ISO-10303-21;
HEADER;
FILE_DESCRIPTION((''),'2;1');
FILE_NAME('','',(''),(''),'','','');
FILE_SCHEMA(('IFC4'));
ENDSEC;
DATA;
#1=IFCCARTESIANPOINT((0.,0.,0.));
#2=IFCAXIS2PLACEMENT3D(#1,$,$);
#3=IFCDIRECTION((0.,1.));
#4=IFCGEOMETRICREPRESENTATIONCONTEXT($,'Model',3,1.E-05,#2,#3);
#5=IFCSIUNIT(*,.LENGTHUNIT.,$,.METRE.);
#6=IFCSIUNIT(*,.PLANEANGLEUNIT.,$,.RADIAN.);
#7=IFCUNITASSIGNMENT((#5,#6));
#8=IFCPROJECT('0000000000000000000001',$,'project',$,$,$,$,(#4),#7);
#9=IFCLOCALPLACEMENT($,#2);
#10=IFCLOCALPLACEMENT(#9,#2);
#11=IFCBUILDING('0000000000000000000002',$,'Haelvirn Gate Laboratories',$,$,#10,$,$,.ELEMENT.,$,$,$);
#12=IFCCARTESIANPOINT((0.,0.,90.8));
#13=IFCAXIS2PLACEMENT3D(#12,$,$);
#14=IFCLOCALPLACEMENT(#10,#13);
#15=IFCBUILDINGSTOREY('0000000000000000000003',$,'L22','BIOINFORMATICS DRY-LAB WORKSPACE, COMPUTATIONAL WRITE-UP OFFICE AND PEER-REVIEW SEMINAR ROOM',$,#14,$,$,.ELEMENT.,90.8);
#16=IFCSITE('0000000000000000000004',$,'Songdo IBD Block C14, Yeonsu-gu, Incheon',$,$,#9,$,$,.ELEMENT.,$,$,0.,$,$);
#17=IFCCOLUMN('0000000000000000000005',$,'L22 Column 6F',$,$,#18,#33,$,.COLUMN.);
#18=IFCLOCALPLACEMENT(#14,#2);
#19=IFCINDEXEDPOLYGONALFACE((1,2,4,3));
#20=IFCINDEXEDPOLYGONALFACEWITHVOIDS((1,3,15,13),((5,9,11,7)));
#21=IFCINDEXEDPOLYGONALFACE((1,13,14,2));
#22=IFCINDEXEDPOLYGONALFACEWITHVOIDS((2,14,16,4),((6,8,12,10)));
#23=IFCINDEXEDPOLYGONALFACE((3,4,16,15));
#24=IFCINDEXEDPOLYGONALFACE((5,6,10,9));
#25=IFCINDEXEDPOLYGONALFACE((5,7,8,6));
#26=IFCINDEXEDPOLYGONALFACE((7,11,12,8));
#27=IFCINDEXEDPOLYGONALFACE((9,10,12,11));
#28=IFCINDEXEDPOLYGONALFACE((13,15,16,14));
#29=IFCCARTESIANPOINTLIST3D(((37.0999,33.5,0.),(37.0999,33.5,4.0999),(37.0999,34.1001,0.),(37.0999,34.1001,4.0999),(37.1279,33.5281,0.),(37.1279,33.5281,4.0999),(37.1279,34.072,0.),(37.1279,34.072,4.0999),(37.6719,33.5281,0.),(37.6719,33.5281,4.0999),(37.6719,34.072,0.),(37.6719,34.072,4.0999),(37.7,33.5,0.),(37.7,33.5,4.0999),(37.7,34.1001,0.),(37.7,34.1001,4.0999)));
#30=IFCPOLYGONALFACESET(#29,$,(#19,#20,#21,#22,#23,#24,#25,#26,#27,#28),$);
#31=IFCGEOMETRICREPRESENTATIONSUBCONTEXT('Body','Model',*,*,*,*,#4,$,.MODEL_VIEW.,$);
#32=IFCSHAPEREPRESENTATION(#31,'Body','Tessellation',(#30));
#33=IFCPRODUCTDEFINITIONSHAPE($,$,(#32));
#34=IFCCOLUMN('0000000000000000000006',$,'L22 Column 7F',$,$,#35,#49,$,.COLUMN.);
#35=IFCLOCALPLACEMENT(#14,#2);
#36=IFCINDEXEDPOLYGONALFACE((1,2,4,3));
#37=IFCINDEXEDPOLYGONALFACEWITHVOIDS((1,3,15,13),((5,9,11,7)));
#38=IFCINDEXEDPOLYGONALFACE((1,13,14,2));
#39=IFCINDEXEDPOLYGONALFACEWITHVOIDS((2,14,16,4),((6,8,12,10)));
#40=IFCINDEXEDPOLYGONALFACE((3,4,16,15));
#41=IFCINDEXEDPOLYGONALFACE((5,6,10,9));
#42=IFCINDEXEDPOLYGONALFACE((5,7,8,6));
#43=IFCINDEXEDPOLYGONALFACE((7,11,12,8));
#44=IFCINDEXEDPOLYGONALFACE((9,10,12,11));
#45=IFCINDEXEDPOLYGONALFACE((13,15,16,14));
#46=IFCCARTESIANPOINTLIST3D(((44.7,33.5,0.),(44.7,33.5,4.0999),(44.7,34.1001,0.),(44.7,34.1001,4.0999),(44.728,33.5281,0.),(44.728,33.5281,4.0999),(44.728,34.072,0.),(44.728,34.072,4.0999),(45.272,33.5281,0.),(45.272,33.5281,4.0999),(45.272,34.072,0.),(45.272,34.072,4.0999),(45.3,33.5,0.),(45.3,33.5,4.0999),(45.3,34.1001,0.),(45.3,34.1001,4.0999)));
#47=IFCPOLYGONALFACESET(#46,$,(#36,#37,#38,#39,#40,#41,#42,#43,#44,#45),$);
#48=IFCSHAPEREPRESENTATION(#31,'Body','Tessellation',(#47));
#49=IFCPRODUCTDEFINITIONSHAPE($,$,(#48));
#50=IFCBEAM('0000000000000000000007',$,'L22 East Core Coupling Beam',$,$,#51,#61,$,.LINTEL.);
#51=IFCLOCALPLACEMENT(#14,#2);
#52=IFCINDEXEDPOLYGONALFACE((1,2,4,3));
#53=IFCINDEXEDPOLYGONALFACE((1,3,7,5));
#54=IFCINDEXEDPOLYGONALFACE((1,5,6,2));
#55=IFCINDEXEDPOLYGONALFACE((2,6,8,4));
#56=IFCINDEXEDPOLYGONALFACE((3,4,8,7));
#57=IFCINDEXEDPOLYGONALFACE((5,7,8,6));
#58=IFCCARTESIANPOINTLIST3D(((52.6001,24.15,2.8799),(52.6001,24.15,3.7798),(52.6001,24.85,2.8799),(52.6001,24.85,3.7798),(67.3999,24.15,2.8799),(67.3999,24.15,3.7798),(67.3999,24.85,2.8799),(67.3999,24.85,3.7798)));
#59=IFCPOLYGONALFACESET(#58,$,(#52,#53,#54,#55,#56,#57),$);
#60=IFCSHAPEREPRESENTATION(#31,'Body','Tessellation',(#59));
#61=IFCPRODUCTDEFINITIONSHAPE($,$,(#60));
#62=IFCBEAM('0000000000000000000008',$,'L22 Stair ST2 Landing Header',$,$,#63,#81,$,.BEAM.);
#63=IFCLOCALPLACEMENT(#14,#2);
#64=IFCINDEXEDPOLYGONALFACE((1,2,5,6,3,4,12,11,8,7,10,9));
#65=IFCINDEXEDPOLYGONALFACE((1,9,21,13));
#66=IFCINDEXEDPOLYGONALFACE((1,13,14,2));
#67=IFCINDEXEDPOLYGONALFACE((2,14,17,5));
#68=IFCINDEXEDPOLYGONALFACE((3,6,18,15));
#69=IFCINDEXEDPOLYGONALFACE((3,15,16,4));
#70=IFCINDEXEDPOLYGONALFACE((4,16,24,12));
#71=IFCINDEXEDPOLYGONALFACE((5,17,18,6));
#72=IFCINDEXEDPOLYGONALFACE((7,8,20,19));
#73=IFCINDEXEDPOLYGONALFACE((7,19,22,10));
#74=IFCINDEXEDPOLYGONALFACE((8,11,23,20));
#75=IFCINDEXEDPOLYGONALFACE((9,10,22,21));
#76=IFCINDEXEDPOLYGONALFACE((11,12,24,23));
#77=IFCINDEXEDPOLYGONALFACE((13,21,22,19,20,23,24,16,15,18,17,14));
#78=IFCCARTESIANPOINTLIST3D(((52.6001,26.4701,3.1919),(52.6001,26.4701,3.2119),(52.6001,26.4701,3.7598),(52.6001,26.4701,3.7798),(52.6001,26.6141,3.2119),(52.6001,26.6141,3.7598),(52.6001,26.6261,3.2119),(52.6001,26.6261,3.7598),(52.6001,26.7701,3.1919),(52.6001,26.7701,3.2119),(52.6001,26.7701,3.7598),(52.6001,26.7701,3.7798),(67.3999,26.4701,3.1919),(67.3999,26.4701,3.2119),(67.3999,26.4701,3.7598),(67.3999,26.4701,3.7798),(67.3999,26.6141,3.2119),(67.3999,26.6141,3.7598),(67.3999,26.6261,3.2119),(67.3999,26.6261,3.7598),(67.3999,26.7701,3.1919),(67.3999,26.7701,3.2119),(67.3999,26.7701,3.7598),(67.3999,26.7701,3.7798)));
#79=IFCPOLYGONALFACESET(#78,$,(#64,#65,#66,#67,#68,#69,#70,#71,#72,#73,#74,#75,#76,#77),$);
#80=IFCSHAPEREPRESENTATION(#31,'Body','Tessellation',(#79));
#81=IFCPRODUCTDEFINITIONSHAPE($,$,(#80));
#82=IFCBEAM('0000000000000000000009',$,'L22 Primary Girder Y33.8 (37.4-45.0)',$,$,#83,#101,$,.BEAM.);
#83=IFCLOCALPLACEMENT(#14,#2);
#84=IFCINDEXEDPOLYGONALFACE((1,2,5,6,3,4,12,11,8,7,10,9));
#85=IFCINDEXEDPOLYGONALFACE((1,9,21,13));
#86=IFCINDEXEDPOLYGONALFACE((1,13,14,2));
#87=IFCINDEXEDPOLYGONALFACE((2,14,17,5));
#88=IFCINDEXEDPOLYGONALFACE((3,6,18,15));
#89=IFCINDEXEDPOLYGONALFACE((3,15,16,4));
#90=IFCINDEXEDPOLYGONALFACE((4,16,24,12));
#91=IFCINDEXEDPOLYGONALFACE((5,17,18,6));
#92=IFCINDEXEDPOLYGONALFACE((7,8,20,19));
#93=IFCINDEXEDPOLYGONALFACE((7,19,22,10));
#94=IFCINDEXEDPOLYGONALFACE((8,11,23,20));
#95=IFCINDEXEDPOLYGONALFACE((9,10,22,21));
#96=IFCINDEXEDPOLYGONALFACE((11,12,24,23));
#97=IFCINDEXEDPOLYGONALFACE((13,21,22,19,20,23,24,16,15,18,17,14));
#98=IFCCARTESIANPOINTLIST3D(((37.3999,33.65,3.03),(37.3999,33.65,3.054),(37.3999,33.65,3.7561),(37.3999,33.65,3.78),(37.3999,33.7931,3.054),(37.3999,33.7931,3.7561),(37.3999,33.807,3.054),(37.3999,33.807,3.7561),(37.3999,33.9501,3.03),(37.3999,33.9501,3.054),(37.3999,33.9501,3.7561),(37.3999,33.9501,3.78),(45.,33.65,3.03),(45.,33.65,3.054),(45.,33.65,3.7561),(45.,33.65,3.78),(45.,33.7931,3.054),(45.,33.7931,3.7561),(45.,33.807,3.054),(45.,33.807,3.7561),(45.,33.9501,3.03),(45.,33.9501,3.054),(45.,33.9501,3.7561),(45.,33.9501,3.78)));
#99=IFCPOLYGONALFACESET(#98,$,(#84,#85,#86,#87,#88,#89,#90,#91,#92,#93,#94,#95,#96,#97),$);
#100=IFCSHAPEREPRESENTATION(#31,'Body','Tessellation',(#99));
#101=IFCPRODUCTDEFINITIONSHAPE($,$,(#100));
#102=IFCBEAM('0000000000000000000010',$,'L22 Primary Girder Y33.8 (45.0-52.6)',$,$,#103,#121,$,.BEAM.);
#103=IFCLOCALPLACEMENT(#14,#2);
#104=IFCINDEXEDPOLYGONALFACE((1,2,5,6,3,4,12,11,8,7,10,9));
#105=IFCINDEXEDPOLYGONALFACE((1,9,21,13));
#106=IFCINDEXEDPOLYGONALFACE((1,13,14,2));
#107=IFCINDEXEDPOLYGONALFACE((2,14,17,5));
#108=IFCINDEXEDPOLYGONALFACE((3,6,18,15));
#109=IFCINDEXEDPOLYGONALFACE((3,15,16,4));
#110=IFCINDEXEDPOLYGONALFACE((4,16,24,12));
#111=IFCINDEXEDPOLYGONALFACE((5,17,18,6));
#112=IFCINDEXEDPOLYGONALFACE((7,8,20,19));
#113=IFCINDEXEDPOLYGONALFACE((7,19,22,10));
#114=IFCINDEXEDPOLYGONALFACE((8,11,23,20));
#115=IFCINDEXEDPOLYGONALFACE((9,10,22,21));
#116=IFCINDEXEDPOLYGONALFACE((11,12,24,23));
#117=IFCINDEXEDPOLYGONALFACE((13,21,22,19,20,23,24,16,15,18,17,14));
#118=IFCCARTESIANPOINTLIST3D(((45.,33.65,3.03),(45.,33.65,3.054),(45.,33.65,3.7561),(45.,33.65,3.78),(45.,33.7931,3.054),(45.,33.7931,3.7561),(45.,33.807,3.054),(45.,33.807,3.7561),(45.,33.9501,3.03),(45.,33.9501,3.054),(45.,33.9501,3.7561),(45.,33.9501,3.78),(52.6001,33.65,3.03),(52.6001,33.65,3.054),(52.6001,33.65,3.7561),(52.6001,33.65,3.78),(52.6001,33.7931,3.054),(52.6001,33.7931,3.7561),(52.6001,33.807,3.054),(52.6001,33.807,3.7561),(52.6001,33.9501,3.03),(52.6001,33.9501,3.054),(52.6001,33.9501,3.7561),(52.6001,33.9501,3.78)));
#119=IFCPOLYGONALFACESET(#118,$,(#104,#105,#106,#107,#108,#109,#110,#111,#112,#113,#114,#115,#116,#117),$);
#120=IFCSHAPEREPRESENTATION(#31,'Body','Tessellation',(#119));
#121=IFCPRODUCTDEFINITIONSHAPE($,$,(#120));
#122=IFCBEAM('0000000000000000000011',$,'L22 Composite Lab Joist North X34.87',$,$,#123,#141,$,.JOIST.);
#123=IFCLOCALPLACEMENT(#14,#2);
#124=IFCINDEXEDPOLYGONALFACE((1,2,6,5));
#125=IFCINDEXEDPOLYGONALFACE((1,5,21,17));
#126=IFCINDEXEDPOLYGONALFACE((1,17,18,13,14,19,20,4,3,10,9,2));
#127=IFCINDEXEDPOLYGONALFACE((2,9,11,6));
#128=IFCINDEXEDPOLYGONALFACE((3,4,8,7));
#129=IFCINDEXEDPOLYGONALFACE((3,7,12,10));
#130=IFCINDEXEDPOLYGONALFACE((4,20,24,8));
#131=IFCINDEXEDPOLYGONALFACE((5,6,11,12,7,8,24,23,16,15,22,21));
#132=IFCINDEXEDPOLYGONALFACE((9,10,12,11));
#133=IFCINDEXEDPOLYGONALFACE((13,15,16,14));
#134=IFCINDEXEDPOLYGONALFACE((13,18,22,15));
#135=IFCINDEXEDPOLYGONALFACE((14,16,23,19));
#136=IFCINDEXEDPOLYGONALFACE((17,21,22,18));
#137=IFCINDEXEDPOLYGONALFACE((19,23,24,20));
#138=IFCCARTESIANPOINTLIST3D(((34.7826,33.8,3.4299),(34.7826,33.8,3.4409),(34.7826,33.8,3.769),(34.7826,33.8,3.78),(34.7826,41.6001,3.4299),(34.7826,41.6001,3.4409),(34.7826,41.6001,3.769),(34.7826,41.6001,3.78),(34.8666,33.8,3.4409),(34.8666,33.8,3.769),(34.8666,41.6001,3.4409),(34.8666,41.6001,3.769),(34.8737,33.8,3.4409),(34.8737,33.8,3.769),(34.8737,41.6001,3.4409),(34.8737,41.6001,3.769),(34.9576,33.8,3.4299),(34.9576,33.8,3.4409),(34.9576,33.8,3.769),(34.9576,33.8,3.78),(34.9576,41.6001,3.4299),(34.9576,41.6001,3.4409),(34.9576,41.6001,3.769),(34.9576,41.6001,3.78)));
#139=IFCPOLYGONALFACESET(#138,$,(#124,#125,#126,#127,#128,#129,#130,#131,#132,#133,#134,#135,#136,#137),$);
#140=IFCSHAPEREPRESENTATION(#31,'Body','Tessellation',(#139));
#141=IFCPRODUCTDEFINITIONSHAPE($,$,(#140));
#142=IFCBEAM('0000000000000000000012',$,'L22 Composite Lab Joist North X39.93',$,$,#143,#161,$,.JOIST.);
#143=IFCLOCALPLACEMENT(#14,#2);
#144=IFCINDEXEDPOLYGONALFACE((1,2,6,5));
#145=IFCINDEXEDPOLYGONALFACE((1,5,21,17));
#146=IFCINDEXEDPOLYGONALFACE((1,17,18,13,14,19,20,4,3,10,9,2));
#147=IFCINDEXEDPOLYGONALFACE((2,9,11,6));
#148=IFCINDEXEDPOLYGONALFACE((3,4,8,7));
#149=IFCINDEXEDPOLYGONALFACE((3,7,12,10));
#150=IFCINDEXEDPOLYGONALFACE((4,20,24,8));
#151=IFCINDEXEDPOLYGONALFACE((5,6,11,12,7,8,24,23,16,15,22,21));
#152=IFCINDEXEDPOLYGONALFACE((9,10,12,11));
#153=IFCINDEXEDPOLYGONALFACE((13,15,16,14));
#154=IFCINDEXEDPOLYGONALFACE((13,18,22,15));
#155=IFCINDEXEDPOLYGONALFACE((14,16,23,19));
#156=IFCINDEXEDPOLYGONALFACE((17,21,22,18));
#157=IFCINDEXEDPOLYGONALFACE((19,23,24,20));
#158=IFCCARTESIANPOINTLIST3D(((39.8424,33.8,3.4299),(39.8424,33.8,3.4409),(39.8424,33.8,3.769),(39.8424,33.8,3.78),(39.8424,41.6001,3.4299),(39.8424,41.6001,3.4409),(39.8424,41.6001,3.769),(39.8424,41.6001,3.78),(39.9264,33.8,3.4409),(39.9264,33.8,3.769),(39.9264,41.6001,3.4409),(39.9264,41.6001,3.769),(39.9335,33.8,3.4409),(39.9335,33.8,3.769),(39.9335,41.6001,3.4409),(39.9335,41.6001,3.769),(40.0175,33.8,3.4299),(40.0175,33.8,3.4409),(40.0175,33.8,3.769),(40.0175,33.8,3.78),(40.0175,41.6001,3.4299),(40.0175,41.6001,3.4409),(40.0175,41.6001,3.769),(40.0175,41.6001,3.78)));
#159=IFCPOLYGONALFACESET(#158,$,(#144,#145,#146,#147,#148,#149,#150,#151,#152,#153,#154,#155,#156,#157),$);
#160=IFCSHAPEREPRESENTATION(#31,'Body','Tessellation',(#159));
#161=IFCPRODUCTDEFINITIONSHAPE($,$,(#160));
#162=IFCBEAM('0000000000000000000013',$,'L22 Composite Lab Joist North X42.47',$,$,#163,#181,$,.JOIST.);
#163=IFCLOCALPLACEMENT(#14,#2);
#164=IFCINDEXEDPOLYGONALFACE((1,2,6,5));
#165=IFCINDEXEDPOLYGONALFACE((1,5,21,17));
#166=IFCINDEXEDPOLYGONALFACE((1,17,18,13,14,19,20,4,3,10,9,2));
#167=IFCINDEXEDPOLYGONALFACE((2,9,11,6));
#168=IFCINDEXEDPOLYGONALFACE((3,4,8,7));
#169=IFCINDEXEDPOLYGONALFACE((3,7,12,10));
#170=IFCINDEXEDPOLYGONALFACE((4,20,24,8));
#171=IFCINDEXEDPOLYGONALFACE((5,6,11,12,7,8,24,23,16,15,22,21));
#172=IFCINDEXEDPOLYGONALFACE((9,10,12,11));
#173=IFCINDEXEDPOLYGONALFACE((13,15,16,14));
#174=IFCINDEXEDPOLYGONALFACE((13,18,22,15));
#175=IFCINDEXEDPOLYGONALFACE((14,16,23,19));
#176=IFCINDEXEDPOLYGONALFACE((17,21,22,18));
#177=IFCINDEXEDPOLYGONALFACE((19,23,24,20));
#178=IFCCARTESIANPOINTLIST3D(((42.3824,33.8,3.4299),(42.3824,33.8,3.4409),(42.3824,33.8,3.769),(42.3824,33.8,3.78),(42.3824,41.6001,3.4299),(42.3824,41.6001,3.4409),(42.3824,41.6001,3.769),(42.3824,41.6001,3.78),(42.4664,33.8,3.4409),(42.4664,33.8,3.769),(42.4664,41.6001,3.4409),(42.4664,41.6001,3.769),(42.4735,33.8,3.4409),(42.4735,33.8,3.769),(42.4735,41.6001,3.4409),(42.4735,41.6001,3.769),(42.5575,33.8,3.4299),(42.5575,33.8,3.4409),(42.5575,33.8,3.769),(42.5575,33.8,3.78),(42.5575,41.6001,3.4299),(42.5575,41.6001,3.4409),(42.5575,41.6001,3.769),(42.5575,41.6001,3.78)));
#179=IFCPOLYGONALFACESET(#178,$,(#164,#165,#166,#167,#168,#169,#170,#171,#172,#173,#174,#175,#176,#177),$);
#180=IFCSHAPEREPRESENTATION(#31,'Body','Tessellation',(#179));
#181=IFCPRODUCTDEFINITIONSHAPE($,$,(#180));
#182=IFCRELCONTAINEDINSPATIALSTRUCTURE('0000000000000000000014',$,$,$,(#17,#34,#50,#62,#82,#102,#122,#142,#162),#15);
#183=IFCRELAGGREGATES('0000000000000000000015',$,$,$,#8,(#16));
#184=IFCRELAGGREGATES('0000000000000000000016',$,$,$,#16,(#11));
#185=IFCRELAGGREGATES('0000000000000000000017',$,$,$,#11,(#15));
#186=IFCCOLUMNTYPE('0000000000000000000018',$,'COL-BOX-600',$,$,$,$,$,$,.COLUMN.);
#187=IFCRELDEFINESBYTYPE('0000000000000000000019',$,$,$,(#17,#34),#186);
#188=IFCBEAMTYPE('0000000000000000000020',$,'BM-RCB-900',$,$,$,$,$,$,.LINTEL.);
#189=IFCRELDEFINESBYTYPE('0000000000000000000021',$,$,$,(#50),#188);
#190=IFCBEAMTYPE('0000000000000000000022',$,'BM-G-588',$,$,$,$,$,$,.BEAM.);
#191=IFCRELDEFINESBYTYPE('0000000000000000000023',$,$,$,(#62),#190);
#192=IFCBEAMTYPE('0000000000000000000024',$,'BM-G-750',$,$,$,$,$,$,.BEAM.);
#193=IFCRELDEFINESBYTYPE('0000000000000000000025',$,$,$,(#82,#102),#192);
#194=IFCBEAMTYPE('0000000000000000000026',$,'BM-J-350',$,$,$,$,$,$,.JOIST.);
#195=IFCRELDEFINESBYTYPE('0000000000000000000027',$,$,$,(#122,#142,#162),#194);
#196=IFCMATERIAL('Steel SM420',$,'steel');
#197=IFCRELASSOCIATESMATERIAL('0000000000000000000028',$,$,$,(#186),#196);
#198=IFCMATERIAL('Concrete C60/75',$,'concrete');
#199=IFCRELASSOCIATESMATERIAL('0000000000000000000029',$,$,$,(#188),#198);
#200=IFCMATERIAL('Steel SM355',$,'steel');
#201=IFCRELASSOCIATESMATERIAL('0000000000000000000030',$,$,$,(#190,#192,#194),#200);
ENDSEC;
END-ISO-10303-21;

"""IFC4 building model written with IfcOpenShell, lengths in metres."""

from ifc_helpers import new_model, si_unit, direction, frame, origin, origin_2d, place, context, subcontext, project, spatial, rectangle, hollow_rectangle, i_section, extrude, source, transform, mapped, material, material_profile, profile_set, type_object, type_shapes, element, save


model = new_model("IFC4")

# Units and contexts
model_context = context("Model", 3, precision=1e-05, world=origin(), true_north=direction((0.0, 1.0)))
body_context = subcontext(model_context, "Body", "Model", "MODEL_VIEW")
ifc_project = project(units=[si_unit("LENGTHUNIT", "METRE"), si_unit("PLANEANGLEUNIT", "RADIAN")], contexts=[model_context])

# Site, building, storey
site_placement = place(None, origin())
site = spatial("IfcSite", under=ifc_project, at=site_placement, Name="Songdo IBD Block C14, Yeonsu-gu, Incheon", CompositionType="ELEMENT", RefElevation=0.0)
building_placement = place(site_placement, origin())
building = spatial("IfcBuilding", under=site, at=building_placement, Name="Haelvirn Gate Laboratories", CompositionType="ELEMENT")
storey_placement = place(building_placement, frame((0.0, 0.0, 90.8)))
storey = spatial("IfcBuildingStorey", under=building, at=storey_placement, Name="L22", Description="BIOINFORMATICS DRY-LAB WORKSPACE, COMPUTATIONAL WRITE-UP OFFICE AND PEER-REVIEW SEMINAR ROOM", CompositionType="ELEMENT", Elevation=90.8)

# Columns
ifc_material_1 = material(Name="Steel SM420", Category="steel")
ifc_material_profile_1 = material_profile(ifc_material_1, hollow_rectangle(XDim=0.6001, YDim=0.6001, WallThickness=0.0281, at=origin_2d()), Name="BOX-600x600x28")
ifc_profile_set_1 = profile_set([ifc_material_profile_1], Name="Steel SM420")
column_type = type_object("IfcColumnType", Name="COL-BOX-600", PredefinedType="COLUMN", material=ifc_profile_set_1)
shared_shape_1 = source(origin(), body_context, "Body", "SweptSolid", [
    extrude(hollow_rectangle(XDim=0.6001, YDim=0.6001, WallThickness=0.0281, at=origin_2d()), origin(), (0.0, 0.0, 1.0), 4.0999),
])
type_shapes(column_type, [shared_shape_1])
for number, where, z_axis, x_axis, name in (
    (1, (37.3999, 33.8, 0.0), (0.0, 0.0, 1.0), (1.0, 0.0, 0.0), "L22 Column 6F"),
    (2, (45.0, 33.8, 0.0), (0.0, 0.0, 1.0), (1.0, 0.0, 0.0), "L22 Column 7F"),
):
    element("IfcColumn", number, at=place(storey_placement, frame(where, z_axis=z_axis, x_axis=x_axis)), inside=storey, type_object=column_type, Name=name, PredefinedType="COLUMN", context=body_context, shape_type="MappedRepresentation", body=[
        mapped(shared_shape_1, transform((0.0, 0.0, 0.0), scale=1.0)),
    ])

# Beams
ifc_material_2 = material(Name="Concrete C60/75", Category="concrete")
ifc_material_profile_2 = material_profile(ifc_material_2, rectangle(XDim=0.7, YDim=0.8999, at=origin_2d()), Name="RCB-700x900")
ifc_profile_set_2 = profile_set([ifc_material_profile_2], Name="Concrete C60/75")
beam_type_1 = type_object("IfcBeamType", Name="BM-RCB-900", PredefinedType="LINTEL", material=ifc_profile_set_2)
shared_shape_2 = source(origin(), body_context, "Body", "SweptSolid", [
    extrude(rectangle(XDim=0.7, YDim=0.8999, at=origin_2d()), origin(), (0.0, 0.0, 1.0), 14.7998),
])
type_shapes(beam_type_1, [shared_shape_2])
beam_1_placement = place(storey_placement, frame((52.6001, 24.5, 3.3298), z_axis=(1.0, 0.0, 0.0), x_axis=(0.0, 1.0, 0.0)))
element("IfcBeam", 3, at=beam_1_placement, inside=storey, type_object=beam_type_1, Name="L22 East Core Coupling Beam", PredefinedType="LINTEL", context=body_context, shape_type="MappedRepresentation", body=[
    mapped(shared_shape_2, transform((0.0, 0.0, 0.0), scale=1.0)),
])
ifc_material_3 = material(Name="Steel SM355", Category="steel")
ifc_material_profile_3 = material_profile(ifc_material_3, i_section(OverallWidth=0.3, OverallDepth=0.5879, WebThickness=0.012, FlangeThickness=0.02, at=origin_2d()), Name="H-588x300x12x20")
ifc_profile_set_3 = profile_set([ifc_material_profile_3], Name="Steel SM355")
beam_type_2 = type_object("IfcBeamType", Name="BM-G-588", PredefinedType="BEAM", material=ifc_profile_set_3)
shared_shape_3 = source(origin(), body_context, "Body", "SweptSolid", [
    extrude(i_section(OverallWidth=0.3, OverallDepth=0.5879, WebThickness=0.012, FlangeThickness=0.02, at=origin_2d()), origin(), (0.0, 0.0, 1.0), 14.7998),
])
type_shapes(beam_type_2, [shared_shape_3])
beam_2_placement = place(storey_placement, frame((52.6001, 26.6201, 3.4858), z_axis=(1.0, 0.0, 0.0), x_axis=(0.0, 1.0, 0.0)))
element("IfcBeam", 4, at=beam_2_placement, inside=storey, type_object=beam_type_2, Name="L22 Stair ST2 Landing Header", PredefinedType="BEAM", context=body_context, shape_type="MappedRepresentation", body=[
    mapped(shared_shape_3, transform((0.0, 0.0, 0.0), scale=1.0)),
])
ifc_material_profile_4 = material_profile(ifc_material_3, i_section(OverallWidth=0.3, OverallDepth=0.75, WebThickness=0.0139, FlangeThickness=0.0239, at=origin_2d()), Name="H-750x300x14x24")
ifc_profile_set_4 = profile_set([ifc_material_profile_4], Name="Steel SM355")
beam_type_3 = type_object("IfcBeamType", Name="BM-G-750", PredefinedType="BEAM", material=ifc_profile_set_4)
shared_shape_4 = source(origin(), body_context, "Body", "SweptSolid", [
    extrude(i_section(OverallWidth=0.3, OverallDepth=0.75, WebThickness=0.0139, FlangeThickness=0.0239, at=origin_2d()), origin(), (0.0, 0.0, 1.0), 7.6001),
])
type_shapes(beam_type_3, [shared_shape_4])
for number, where, z_axis, x_axis, name in (
    (5, (37.3999, 33.8, 3.405), (1.0, 0.0, 0.0), (0.0, 1.0, 0.0), "L22 Primary Girder Y33.8 (37.4-45.0)"),
    (6, (45.0, 33.8, 3.405), (1.0, 0.0, 0.0), (0.0, 1.0, 0.0), "L22 Primary Girder Y33.8 (45.0-52.6)"),
):
    element("IfcBeam", number, at=place(storey_placement, frame(where, z_axis=z_axis, x_axis=x_axis)), inside=storey, type_object=beam_type_3, Name=name, PredefinedType="BEAM", context=body_context, shape_type="MappedRepresentation", body=[
        mapped(shared_shape_4, transform((0.0, 0.0, 0.0), scale=1.0)),
    ])
ifc_material_profile_5 = material_profile(ifc_material_3, i_section(OverallWidth=0.175, OverallDepth=0.3501, WebThickness=0.0071, FlangeThickness=0.011, at=origin_2d()), Name="H-350x175x7x11")
ifc_profile_set_5 = profile_set([ifc_material_profile_5], Name="Steel SM355")
beam_type_4 = type_object("IfcBeamType", Name="BM-J-350", PredefinedType="JOIST", material=ifc_profile_set_5)
shared_shape_5 = source(origin(), body_context, "Body", "SweptSolid", [
    extrude(i_section(OverallWidth=0.175, OverallDepth=0.3501, WebThickness=0.0071, FlangeThickness=0.011, at=origin_2d()), origin(), (0.0, 0.0, 1.0), 7.8),
])
type_shapes(beam_type_4, [shared_shape_5])
for number, where, z_axis, x_axis, name in (
    (7, (34.8701, 33.8, 3.605), (0.0, 1.0, 0.0), (-1.0, 0.0, 0.0), "L22 Composite Lab Joist North X34.87"),
    (8, (39.9299, 33.8, 3.605), (0.0, 1.0, 0.0), (-1.0, 0.0, 0.0), "L22 Composite Lab Joist North X39.93"),
    (9, (42.47, 33.8, 3.605), (0.0, 1.0, 0.0), (-1.0, 0.0, 0.0), "L22 Composite Lab Joist North X42.47"),
):
    element("IfcBeam", number, at=place(storey_placement, frame(where, z_axis=z_axis, x_axis=x_axis)), inside=storey, type_object=beam_type_4, Name=name, PredefinedType="JOIST", context=body_context, shape_type="MappedRepresentation", body=[
        mapped(shared_shape_5, transform((0.0, 0.0, 0.0), scale=1.0)),
    ])

save(model, "model.ifc")
